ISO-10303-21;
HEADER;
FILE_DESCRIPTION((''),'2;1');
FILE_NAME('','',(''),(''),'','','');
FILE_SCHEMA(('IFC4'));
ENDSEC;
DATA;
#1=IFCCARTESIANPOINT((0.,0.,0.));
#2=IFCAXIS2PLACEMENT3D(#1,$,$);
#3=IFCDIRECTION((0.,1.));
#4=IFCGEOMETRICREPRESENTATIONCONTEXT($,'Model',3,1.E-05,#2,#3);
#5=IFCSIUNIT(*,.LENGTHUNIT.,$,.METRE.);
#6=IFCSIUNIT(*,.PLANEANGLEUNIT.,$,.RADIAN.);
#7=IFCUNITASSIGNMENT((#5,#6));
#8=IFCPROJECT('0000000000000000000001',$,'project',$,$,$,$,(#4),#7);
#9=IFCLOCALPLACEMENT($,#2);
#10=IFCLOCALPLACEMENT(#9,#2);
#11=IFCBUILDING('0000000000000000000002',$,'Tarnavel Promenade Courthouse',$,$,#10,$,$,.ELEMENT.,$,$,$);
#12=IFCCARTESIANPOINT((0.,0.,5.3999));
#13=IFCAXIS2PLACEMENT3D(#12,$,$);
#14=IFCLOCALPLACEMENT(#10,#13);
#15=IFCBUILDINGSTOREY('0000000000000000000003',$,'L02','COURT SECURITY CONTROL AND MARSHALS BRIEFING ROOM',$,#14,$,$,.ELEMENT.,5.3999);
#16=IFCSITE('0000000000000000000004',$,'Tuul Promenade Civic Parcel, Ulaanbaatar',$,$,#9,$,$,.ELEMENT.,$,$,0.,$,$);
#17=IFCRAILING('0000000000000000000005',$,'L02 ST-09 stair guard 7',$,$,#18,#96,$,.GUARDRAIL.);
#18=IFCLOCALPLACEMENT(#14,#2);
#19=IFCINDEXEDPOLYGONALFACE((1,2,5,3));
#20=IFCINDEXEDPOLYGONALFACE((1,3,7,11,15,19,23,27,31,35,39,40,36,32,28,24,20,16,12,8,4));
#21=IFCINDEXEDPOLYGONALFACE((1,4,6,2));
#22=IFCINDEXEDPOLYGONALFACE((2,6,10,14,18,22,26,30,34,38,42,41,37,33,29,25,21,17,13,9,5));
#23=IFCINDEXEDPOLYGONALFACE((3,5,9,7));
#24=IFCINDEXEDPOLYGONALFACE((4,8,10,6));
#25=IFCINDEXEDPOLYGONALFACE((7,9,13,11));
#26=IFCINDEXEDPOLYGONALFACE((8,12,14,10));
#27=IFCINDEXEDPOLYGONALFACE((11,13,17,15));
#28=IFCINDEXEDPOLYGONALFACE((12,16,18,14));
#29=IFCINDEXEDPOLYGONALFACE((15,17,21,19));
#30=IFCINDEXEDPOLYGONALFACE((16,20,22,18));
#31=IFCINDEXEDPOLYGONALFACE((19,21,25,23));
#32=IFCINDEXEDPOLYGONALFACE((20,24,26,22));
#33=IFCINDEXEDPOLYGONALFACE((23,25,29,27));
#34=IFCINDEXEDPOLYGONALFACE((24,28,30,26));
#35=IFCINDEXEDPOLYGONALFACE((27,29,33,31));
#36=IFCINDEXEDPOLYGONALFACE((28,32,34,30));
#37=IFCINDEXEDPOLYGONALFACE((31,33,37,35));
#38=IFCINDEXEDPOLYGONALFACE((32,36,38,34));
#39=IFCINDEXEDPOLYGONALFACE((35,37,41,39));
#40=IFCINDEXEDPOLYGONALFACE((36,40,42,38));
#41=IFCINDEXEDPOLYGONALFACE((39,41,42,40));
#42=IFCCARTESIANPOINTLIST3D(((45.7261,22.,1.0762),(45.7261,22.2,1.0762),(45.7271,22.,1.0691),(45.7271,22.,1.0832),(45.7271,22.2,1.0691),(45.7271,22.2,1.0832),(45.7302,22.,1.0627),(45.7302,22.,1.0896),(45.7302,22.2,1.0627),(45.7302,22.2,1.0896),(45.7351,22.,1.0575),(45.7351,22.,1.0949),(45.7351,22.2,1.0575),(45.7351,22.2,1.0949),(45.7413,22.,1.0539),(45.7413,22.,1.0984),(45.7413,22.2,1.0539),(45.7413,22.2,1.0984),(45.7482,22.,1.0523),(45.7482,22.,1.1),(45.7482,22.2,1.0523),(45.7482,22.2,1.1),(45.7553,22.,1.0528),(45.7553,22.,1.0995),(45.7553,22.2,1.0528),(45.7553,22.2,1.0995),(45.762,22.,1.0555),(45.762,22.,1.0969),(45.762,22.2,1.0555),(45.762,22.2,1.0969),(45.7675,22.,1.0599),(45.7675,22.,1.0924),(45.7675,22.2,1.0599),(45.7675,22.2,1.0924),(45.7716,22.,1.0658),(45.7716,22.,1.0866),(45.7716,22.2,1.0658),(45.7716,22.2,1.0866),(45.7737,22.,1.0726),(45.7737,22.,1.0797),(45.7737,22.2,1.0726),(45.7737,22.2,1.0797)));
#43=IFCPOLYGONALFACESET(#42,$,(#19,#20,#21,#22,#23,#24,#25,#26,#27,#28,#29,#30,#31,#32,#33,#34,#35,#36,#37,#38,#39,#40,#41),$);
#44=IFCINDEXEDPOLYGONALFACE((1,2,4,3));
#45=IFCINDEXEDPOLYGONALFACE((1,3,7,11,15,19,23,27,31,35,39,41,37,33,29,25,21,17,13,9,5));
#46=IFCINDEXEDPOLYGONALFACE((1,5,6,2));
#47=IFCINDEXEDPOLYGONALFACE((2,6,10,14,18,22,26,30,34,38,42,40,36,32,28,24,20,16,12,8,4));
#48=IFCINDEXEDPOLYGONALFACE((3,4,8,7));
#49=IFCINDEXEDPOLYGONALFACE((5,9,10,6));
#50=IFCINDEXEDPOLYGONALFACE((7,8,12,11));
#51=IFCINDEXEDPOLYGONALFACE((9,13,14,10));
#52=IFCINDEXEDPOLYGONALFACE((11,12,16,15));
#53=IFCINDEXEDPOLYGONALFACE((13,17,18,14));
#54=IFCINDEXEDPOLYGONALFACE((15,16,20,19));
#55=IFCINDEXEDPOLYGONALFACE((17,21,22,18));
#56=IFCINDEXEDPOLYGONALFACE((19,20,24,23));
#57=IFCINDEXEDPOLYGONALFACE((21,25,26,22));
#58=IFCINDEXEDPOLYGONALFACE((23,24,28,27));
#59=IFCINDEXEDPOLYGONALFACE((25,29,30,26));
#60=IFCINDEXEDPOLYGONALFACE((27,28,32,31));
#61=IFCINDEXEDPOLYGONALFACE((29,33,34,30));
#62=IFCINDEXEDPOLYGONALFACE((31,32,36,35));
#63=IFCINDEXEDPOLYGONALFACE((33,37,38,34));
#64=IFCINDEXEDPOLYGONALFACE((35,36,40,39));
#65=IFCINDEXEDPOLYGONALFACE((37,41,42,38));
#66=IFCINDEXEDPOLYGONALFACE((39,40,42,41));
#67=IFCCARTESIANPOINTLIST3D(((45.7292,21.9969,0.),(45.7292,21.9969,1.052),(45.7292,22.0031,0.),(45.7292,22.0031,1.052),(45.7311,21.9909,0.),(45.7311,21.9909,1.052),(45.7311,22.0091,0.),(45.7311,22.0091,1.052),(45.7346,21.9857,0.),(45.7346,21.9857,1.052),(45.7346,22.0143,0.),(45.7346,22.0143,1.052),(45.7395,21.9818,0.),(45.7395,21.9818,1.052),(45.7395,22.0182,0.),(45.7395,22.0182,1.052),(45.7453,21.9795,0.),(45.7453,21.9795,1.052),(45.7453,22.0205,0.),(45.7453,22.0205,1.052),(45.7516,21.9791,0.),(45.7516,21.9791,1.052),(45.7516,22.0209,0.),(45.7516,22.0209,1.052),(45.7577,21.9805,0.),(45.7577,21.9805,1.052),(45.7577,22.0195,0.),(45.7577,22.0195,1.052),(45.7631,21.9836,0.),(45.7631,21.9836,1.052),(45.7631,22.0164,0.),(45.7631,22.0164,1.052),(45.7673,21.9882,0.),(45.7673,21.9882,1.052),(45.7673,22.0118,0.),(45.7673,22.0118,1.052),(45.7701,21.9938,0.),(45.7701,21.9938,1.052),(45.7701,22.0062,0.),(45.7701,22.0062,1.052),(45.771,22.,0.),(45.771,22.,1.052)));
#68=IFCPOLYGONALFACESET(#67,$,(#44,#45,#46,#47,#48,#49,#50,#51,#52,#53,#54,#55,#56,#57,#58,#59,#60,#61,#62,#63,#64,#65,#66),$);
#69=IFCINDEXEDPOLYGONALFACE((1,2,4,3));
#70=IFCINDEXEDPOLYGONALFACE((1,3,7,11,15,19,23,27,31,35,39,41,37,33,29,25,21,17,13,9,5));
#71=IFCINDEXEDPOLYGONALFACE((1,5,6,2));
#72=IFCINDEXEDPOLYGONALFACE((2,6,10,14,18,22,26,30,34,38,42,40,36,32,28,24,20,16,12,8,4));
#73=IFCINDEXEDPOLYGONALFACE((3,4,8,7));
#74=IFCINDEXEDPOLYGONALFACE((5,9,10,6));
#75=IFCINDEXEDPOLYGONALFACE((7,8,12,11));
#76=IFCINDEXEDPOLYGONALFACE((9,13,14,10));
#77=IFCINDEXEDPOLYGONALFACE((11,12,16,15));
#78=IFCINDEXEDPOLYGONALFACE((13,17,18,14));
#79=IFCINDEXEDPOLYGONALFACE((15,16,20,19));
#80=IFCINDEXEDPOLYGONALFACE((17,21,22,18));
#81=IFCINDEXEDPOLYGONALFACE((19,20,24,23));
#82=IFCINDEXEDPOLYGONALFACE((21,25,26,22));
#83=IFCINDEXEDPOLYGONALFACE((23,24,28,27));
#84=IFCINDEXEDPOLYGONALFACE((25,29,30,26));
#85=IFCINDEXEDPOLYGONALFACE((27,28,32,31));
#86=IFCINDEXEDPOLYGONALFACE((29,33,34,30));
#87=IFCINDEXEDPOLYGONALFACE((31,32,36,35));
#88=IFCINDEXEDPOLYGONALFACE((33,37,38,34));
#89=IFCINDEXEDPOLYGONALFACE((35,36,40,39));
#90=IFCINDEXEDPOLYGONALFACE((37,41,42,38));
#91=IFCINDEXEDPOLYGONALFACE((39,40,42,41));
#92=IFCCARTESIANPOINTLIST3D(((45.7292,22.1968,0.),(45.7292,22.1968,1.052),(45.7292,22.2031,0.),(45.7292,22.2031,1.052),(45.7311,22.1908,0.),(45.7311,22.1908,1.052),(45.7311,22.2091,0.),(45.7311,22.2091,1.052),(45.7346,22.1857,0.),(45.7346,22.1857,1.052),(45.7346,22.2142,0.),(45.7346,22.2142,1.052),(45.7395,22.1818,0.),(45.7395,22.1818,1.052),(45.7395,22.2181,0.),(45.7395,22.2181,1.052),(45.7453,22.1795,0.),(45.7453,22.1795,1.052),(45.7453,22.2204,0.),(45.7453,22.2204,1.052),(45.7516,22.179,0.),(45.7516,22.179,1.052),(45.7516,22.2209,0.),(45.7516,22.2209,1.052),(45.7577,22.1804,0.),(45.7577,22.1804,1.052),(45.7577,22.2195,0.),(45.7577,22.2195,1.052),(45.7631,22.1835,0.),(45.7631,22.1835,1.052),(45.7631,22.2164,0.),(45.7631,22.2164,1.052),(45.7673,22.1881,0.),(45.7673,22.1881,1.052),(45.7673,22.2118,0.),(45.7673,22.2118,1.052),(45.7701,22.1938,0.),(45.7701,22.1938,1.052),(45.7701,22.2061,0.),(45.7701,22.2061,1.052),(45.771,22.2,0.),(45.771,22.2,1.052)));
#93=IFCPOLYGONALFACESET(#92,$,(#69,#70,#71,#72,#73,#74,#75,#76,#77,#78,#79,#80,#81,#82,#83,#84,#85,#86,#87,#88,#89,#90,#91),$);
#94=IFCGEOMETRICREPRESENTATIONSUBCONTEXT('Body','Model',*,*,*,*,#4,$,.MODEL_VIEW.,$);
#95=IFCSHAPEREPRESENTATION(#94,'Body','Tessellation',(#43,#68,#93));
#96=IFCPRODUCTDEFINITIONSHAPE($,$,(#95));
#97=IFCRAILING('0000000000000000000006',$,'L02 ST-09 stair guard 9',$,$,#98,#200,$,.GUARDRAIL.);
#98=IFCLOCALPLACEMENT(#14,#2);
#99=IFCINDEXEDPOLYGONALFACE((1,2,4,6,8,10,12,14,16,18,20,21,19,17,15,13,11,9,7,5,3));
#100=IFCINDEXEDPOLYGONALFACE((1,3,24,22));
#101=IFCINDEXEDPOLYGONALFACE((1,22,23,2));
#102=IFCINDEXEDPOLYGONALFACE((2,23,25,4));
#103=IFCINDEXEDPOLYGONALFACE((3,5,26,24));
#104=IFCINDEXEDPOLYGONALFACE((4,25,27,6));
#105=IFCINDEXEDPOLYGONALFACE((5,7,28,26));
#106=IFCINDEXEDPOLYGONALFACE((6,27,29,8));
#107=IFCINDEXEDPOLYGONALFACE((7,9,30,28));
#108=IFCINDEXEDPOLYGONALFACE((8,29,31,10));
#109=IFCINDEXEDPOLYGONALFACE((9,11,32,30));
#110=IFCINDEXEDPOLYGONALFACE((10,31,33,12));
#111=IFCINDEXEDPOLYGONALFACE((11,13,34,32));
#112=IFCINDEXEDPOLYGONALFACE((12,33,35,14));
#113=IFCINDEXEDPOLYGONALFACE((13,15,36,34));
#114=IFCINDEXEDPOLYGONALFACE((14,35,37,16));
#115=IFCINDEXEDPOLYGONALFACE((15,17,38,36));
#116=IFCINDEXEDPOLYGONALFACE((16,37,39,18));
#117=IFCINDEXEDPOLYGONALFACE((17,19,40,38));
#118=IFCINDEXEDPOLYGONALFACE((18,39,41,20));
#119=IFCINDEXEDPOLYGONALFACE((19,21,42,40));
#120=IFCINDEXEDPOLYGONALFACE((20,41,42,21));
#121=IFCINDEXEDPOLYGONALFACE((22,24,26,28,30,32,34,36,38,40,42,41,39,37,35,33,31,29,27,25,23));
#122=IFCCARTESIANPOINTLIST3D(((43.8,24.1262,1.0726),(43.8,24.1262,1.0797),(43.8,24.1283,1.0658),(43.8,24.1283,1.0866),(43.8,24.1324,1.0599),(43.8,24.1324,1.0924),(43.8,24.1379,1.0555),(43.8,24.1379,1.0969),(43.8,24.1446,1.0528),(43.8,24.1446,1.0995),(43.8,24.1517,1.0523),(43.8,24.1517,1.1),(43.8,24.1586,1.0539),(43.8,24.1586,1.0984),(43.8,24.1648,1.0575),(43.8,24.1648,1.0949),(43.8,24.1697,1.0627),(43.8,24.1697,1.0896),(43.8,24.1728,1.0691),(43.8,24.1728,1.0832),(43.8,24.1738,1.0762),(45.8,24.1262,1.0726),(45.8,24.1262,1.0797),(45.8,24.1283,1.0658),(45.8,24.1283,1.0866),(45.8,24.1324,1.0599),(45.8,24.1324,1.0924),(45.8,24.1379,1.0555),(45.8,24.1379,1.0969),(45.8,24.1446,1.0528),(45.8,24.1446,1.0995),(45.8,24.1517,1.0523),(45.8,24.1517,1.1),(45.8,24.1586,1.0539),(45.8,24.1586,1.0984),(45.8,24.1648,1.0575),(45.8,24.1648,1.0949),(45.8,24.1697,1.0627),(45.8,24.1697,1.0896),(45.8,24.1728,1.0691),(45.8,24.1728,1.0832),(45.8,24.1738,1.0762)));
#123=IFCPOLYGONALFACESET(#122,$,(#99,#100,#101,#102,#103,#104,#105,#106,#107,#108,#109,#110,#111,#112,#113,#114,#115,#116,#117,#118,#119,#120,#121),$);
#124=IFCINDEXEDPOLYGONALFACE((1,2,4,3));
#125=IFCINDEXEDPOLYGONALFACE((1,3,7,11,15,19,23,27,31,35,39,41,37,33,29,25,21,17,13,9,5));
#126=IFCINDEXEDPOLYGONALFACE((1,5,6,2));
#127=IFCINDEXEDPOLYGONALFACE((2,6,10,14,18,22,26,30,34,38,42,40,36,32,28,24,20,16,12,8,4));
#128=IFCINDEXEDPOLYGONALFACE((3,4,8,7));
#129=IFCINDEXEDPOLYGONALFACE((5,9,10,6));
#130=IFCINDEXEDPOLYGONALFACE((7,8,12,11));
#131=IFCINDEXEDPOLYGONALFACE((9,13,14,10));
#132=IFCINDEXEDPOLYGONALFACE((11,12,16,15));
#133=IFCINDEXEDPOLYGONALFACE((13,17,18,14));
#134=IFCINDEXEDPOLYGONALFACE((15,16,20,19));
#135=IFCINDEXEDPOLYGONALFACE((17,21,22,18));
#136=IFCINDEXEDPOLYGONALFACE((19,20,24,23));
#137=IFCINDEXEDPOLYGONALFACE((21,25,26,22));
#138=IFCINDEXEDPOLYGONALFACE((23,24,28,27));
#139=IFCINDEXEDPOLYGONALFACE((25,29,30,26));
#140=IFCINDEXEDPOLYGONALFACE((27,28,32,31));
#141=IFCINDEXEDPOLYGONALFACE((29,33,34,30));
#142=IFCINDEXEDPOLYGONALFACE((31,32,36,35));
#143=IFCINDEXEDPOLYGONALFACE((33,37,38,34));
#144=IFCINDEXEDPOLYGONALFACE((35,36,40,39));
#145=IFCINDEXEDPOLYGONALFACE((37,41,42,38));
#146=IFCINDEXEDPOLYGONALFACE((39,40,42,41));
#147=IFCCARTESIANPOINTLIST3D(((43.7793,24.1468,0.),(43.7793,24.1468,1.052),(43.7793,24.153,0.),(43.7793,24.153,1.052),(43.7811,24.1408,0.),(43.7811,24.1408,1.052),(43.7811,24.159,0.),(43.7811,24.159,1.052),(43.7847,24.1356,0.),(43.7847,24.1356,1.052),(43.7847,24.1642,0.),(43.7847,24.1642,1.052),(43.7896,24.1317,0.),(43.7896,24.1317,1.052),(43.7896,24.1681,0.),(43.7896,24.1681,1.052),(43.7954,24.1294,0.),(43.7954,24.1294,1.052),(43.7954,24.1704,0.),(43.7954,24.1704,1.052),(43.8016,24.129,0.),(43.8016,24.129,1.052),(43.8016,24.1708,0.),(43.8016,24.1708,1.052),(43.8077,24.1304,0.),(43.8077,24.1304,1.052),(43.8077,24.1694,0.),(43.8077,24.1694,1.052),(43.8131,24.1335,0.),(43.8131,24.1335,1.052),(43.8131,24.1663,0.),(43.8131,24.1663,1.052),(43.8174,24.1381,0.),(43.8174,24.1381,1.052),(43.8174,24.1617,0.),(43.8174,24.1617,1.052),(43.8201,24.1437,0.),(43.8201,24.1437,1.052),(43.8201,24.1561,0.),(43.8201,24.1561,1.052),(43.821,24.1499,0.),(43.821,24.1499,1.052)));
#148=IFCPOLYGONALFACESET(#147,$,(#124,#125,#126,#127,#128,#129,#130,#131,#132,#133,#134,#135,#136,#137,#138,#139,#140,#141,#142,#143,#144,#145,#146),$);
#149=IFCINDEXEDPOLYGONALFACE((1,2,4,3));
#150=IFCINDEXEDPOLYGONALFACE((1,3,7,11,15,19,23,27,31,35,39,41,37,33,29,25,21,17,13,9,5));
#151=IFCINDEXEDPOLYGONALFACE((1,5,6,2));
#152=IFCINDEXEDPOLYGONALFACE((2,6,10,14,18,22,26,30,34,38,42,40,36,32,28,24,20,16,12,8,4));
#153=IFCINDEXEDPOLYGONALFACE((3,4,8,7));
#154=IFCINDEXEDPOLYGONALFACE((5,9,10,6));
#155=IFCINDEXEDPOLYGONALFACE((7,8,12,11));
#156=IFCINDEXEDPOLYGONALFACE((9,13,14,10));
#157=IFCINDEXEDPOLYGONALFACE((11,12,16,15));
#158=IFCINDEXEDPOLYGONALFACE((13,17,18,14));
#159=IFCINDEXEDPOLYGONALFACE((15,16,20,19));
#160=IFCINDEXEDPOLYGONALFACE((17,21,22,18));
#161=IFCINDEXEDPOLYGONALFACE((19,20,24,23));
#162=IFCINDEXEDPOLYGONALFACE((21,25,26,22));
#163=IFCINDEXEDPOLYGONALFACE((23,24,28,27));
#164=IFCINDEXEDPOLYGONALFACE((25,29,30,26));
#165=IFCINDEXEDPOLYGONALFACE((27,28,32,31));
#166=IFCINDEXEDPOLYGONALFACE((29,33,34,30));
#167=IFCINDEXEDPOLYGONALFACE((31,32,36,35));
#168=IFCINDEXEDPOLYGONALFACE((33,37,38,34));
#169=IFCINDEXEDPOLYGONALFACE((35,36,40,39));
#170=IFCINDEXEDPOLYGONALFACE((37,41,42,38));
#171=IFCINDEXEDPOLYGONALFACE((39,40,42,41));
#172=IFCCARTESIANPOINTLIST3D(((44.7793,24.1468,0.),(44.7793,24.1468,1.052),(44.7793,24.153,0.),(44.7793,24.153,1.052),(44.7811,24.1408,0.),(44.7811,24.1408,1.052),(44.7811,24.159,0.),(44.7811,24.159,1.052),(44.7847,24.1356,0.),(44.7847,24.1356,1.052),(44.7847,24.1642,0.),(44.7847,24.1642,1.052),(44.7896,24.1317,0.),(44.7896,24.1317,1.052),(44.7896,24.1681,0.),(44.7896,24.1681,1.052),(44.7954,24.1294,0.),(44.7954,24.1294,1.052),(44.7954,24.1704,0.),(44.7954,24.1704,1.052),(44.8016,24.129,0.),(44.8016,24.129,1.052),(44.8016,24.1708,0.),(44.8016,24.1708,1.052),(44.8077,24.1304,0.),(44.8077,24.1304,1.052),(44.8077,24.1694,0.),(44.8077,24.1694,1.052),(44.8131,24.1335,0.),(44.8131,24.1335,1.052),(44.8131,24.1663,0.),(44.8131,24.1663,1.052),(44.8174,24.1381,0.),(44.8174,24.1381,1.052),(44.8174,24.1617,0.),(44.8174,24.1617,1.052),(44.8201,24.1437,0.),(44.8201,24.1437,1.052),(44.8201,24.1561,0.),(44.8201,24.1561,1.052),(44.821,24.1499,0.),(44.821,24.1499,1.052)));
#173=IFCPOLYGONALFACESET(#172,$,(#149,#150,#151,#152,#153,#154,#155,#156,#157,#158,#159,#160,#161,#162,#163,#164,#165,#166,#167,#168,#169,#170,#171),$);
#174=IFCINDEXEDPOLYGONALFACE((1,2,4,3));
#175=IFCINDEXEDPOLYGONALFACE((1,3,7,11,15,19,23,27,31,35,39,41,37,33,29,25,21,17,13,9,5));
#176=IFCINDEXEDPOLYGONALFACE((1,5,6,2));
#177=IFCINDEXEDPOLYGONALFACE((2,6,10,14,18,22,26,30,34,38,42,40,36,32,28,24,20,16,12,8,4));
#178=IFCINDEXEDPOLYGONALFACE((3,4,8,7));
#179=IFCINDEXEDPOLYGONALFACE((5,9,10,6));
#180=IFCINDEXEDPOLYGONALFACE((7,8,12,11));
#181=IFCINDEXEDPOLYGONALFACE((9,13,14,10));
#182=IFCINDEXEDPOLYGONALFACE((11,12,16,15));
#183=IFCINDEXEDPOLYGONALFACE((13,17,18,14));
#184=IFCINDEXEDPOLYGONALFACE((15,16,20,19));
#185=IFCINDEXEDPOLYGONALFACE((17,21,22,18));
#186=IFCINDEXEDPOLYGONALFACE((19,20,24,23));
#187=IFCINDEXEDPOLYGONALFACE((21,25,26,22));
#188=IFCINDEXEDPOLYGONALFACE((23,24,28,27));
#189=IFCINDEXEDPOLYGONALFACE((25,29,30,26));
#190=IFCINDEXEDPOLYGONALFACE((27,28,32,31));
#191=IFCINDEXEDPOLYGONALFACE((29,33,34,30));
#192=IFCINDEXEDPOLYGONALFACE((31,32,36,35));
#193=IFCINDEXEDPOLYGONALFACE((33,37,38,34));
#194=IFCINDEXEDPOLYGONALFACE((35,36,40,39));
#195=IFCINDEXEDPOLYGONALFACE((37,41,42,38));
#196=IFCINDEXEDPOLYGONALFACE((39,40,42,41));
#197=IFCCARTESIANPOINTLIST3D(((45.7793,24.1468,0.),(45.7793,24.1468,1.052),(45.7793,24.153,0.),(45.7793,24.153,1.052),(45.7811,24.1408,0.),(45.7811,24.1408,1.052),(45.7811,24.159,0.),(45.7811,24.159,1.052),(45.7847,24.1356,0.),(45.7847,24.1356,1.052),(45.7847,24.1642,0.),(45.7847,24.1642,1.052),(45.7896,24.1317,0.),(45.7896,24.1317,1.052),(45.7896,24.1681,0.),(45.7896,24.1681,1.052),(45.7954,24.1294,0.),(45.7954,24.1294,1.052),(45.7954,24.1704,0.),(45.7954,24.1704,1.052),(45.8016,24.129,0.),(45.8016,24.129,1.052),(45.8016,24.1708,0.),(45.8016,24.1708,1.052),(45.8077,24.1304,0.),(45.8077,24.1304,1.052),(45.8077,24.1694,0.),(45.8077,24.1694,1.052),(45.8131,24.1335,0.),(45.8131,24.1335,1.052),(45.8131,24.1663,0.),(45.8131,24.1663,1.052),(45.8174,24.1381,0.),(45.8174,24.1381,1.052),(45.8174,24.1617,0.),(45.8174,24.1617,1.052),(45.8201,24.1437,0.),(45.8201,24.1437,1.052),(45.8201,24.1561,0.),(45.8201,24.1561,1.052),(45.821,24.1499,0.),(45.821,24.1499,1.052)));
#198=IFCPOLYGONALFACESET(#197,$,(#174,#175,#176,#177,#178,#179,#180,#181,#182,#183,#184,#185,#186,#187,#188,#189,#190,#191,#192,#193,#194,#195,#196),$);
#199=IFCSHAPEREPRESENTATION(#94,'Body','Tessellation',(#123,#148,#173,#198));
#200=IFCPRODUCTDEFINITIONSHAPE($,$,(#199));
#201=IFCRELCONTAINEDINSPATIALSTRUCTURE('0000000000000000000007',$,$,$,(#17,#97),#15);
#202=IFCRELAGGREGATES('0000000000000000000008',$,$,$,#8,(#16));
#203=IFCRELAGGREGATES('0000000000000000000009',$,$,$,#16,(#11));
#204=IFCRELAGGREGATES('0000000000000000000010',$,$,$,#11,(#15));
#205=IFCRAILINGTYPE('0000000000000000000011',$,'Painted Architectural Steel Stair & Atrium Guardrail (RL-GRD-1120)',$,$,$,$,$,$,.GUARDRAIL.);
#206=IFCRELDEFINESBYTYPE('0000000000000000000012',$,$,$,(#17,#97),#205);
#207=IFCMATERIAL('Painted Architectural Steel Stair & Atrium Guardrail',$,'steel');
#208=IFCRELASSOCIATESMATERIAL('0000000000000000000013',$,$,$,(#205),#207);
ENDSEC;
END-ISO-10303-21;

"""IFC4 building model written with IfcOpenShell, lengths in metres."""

from ifc_helpers import new_model, si_unit, direction, frame, origin, origin_2d, place, context, subcontext, project, spatial, circle, extrude, material, type_object, element, save


model = new_model("IFC4")

# Units and contexts
model_context = context("Model", 3, precision=1e-05, world=origin(), true_north=direction((0.0, 1.0)))
body_context = subcontext(model_context, "Body", "Model", "MODEL_VIEW")
ifc_project = project(units=[si_unit("LENGTHUNIT", "METRE"), si_unit("PLANEANGLEUNIT", "RADIAN")], contexts=[model_context])

# Site, building, storey
site_placement = place(None, origin())
site = spatial("IfcSite", under=ifc_project, at=site_placement, Name="Tuul Promenade Civic Parcel, Ulaanbaatar", CompositionType="ELEMENT", RefElevation=0.0)
building_placement = place(site_placement, origin())
building = spatial("IfcBuilding", under=site, at=building_placement, Name="Tarnavel Promenade Courthouse", CompositionType="ELEMENT")
storey_placement = place(building_placement, frame((0.0, 0.0, 5.3999)))
storey = spatial("IfcBuildingStorey", under=building, at=storey_placement, Name="L02", Description="COURT SECURITY CONTROL AND MARSHALS BRIEFING ROOM", CompositionType="ELEMENT", Elevation=5.3999)

# Railings
ifc_material_1 = material(Name="Painted Architectural Steel Stair & Atrium Guardrail", Category="steel")
railing_type_1 = type_object("IfcRailingType", Name="Painted Architectural Steel Stair & Atrium Guardrail (RL-GRD-1120)", PredefinedType="GUARDRAIL", material=ifc_material_1)
railing_1_placement = place(storey_placement, frame((45.75, 22.0, 0.0)))
element("IfcRailing", 1, at=railing_1_placement, inside=storey, type_object=railing_type_1, Name="L02 ST-09 stair guard 7", PredefinedType="GUARDRAIL", context=body_context, shape_type="SweptSolid", body=[
    extrude(circle(Radius=0.0239, at=origin_2d()), frame((0.0, 0.0, 1.0762), z_axis=(0.0, 1.0, 0.0), x_axis=(-1.0, 0.0, 0.0)), (0.0, 0.0, 1.0), 0.2),
    extrude(circle(Radius=0.021, at=origin_2d()), origin(), (0.0, 0.0, 1.0), 1.052),
    extrude(circle(Radius=0.021, at=origin_2d()), frame((0.0, 0.2, 0.0)), (0.0, 0.0, 1.0), 1.052),
])
railing_2_placement = place(storey_placement, frame((43.8, 24.1499, 0.0)))
element("IfcRailing", 2, at=railing_2_placement, inside=storey, type_object=railing_type_1, Name="L02 ST-09 stair guard 9", PredefinedType="GUARDRAIL", context=body_context, shape_type="SweptSolid", body=[
    extrude(circle(Radius=0.0239, at=origin_2d()), frame((0.0, 0.0, 1.0762), z_axis=(1.0, 0.0, 0.0), x_axis=(0.0, 1.0, 0.0)), (0.0, 0.0, 1.0), 2.0),
    extrude(circle(Radius=0.021, at=origin_2d()), origin(), (0.0, 0.0, 1.0), 1.052),
    extrude(circle(Radius=0.021, at=origin_2d()), frame((1.0, 0.0, 0.0)), (0.0, 0.0, 1.0), 1.052),
    extrude(circle(Radius=0.021, at=origin_2d()), frame((2.0, 0.0, 0.0)), (0.0, 0.0, 1.0), 1.052),
])

save(model, "model.ifc")
